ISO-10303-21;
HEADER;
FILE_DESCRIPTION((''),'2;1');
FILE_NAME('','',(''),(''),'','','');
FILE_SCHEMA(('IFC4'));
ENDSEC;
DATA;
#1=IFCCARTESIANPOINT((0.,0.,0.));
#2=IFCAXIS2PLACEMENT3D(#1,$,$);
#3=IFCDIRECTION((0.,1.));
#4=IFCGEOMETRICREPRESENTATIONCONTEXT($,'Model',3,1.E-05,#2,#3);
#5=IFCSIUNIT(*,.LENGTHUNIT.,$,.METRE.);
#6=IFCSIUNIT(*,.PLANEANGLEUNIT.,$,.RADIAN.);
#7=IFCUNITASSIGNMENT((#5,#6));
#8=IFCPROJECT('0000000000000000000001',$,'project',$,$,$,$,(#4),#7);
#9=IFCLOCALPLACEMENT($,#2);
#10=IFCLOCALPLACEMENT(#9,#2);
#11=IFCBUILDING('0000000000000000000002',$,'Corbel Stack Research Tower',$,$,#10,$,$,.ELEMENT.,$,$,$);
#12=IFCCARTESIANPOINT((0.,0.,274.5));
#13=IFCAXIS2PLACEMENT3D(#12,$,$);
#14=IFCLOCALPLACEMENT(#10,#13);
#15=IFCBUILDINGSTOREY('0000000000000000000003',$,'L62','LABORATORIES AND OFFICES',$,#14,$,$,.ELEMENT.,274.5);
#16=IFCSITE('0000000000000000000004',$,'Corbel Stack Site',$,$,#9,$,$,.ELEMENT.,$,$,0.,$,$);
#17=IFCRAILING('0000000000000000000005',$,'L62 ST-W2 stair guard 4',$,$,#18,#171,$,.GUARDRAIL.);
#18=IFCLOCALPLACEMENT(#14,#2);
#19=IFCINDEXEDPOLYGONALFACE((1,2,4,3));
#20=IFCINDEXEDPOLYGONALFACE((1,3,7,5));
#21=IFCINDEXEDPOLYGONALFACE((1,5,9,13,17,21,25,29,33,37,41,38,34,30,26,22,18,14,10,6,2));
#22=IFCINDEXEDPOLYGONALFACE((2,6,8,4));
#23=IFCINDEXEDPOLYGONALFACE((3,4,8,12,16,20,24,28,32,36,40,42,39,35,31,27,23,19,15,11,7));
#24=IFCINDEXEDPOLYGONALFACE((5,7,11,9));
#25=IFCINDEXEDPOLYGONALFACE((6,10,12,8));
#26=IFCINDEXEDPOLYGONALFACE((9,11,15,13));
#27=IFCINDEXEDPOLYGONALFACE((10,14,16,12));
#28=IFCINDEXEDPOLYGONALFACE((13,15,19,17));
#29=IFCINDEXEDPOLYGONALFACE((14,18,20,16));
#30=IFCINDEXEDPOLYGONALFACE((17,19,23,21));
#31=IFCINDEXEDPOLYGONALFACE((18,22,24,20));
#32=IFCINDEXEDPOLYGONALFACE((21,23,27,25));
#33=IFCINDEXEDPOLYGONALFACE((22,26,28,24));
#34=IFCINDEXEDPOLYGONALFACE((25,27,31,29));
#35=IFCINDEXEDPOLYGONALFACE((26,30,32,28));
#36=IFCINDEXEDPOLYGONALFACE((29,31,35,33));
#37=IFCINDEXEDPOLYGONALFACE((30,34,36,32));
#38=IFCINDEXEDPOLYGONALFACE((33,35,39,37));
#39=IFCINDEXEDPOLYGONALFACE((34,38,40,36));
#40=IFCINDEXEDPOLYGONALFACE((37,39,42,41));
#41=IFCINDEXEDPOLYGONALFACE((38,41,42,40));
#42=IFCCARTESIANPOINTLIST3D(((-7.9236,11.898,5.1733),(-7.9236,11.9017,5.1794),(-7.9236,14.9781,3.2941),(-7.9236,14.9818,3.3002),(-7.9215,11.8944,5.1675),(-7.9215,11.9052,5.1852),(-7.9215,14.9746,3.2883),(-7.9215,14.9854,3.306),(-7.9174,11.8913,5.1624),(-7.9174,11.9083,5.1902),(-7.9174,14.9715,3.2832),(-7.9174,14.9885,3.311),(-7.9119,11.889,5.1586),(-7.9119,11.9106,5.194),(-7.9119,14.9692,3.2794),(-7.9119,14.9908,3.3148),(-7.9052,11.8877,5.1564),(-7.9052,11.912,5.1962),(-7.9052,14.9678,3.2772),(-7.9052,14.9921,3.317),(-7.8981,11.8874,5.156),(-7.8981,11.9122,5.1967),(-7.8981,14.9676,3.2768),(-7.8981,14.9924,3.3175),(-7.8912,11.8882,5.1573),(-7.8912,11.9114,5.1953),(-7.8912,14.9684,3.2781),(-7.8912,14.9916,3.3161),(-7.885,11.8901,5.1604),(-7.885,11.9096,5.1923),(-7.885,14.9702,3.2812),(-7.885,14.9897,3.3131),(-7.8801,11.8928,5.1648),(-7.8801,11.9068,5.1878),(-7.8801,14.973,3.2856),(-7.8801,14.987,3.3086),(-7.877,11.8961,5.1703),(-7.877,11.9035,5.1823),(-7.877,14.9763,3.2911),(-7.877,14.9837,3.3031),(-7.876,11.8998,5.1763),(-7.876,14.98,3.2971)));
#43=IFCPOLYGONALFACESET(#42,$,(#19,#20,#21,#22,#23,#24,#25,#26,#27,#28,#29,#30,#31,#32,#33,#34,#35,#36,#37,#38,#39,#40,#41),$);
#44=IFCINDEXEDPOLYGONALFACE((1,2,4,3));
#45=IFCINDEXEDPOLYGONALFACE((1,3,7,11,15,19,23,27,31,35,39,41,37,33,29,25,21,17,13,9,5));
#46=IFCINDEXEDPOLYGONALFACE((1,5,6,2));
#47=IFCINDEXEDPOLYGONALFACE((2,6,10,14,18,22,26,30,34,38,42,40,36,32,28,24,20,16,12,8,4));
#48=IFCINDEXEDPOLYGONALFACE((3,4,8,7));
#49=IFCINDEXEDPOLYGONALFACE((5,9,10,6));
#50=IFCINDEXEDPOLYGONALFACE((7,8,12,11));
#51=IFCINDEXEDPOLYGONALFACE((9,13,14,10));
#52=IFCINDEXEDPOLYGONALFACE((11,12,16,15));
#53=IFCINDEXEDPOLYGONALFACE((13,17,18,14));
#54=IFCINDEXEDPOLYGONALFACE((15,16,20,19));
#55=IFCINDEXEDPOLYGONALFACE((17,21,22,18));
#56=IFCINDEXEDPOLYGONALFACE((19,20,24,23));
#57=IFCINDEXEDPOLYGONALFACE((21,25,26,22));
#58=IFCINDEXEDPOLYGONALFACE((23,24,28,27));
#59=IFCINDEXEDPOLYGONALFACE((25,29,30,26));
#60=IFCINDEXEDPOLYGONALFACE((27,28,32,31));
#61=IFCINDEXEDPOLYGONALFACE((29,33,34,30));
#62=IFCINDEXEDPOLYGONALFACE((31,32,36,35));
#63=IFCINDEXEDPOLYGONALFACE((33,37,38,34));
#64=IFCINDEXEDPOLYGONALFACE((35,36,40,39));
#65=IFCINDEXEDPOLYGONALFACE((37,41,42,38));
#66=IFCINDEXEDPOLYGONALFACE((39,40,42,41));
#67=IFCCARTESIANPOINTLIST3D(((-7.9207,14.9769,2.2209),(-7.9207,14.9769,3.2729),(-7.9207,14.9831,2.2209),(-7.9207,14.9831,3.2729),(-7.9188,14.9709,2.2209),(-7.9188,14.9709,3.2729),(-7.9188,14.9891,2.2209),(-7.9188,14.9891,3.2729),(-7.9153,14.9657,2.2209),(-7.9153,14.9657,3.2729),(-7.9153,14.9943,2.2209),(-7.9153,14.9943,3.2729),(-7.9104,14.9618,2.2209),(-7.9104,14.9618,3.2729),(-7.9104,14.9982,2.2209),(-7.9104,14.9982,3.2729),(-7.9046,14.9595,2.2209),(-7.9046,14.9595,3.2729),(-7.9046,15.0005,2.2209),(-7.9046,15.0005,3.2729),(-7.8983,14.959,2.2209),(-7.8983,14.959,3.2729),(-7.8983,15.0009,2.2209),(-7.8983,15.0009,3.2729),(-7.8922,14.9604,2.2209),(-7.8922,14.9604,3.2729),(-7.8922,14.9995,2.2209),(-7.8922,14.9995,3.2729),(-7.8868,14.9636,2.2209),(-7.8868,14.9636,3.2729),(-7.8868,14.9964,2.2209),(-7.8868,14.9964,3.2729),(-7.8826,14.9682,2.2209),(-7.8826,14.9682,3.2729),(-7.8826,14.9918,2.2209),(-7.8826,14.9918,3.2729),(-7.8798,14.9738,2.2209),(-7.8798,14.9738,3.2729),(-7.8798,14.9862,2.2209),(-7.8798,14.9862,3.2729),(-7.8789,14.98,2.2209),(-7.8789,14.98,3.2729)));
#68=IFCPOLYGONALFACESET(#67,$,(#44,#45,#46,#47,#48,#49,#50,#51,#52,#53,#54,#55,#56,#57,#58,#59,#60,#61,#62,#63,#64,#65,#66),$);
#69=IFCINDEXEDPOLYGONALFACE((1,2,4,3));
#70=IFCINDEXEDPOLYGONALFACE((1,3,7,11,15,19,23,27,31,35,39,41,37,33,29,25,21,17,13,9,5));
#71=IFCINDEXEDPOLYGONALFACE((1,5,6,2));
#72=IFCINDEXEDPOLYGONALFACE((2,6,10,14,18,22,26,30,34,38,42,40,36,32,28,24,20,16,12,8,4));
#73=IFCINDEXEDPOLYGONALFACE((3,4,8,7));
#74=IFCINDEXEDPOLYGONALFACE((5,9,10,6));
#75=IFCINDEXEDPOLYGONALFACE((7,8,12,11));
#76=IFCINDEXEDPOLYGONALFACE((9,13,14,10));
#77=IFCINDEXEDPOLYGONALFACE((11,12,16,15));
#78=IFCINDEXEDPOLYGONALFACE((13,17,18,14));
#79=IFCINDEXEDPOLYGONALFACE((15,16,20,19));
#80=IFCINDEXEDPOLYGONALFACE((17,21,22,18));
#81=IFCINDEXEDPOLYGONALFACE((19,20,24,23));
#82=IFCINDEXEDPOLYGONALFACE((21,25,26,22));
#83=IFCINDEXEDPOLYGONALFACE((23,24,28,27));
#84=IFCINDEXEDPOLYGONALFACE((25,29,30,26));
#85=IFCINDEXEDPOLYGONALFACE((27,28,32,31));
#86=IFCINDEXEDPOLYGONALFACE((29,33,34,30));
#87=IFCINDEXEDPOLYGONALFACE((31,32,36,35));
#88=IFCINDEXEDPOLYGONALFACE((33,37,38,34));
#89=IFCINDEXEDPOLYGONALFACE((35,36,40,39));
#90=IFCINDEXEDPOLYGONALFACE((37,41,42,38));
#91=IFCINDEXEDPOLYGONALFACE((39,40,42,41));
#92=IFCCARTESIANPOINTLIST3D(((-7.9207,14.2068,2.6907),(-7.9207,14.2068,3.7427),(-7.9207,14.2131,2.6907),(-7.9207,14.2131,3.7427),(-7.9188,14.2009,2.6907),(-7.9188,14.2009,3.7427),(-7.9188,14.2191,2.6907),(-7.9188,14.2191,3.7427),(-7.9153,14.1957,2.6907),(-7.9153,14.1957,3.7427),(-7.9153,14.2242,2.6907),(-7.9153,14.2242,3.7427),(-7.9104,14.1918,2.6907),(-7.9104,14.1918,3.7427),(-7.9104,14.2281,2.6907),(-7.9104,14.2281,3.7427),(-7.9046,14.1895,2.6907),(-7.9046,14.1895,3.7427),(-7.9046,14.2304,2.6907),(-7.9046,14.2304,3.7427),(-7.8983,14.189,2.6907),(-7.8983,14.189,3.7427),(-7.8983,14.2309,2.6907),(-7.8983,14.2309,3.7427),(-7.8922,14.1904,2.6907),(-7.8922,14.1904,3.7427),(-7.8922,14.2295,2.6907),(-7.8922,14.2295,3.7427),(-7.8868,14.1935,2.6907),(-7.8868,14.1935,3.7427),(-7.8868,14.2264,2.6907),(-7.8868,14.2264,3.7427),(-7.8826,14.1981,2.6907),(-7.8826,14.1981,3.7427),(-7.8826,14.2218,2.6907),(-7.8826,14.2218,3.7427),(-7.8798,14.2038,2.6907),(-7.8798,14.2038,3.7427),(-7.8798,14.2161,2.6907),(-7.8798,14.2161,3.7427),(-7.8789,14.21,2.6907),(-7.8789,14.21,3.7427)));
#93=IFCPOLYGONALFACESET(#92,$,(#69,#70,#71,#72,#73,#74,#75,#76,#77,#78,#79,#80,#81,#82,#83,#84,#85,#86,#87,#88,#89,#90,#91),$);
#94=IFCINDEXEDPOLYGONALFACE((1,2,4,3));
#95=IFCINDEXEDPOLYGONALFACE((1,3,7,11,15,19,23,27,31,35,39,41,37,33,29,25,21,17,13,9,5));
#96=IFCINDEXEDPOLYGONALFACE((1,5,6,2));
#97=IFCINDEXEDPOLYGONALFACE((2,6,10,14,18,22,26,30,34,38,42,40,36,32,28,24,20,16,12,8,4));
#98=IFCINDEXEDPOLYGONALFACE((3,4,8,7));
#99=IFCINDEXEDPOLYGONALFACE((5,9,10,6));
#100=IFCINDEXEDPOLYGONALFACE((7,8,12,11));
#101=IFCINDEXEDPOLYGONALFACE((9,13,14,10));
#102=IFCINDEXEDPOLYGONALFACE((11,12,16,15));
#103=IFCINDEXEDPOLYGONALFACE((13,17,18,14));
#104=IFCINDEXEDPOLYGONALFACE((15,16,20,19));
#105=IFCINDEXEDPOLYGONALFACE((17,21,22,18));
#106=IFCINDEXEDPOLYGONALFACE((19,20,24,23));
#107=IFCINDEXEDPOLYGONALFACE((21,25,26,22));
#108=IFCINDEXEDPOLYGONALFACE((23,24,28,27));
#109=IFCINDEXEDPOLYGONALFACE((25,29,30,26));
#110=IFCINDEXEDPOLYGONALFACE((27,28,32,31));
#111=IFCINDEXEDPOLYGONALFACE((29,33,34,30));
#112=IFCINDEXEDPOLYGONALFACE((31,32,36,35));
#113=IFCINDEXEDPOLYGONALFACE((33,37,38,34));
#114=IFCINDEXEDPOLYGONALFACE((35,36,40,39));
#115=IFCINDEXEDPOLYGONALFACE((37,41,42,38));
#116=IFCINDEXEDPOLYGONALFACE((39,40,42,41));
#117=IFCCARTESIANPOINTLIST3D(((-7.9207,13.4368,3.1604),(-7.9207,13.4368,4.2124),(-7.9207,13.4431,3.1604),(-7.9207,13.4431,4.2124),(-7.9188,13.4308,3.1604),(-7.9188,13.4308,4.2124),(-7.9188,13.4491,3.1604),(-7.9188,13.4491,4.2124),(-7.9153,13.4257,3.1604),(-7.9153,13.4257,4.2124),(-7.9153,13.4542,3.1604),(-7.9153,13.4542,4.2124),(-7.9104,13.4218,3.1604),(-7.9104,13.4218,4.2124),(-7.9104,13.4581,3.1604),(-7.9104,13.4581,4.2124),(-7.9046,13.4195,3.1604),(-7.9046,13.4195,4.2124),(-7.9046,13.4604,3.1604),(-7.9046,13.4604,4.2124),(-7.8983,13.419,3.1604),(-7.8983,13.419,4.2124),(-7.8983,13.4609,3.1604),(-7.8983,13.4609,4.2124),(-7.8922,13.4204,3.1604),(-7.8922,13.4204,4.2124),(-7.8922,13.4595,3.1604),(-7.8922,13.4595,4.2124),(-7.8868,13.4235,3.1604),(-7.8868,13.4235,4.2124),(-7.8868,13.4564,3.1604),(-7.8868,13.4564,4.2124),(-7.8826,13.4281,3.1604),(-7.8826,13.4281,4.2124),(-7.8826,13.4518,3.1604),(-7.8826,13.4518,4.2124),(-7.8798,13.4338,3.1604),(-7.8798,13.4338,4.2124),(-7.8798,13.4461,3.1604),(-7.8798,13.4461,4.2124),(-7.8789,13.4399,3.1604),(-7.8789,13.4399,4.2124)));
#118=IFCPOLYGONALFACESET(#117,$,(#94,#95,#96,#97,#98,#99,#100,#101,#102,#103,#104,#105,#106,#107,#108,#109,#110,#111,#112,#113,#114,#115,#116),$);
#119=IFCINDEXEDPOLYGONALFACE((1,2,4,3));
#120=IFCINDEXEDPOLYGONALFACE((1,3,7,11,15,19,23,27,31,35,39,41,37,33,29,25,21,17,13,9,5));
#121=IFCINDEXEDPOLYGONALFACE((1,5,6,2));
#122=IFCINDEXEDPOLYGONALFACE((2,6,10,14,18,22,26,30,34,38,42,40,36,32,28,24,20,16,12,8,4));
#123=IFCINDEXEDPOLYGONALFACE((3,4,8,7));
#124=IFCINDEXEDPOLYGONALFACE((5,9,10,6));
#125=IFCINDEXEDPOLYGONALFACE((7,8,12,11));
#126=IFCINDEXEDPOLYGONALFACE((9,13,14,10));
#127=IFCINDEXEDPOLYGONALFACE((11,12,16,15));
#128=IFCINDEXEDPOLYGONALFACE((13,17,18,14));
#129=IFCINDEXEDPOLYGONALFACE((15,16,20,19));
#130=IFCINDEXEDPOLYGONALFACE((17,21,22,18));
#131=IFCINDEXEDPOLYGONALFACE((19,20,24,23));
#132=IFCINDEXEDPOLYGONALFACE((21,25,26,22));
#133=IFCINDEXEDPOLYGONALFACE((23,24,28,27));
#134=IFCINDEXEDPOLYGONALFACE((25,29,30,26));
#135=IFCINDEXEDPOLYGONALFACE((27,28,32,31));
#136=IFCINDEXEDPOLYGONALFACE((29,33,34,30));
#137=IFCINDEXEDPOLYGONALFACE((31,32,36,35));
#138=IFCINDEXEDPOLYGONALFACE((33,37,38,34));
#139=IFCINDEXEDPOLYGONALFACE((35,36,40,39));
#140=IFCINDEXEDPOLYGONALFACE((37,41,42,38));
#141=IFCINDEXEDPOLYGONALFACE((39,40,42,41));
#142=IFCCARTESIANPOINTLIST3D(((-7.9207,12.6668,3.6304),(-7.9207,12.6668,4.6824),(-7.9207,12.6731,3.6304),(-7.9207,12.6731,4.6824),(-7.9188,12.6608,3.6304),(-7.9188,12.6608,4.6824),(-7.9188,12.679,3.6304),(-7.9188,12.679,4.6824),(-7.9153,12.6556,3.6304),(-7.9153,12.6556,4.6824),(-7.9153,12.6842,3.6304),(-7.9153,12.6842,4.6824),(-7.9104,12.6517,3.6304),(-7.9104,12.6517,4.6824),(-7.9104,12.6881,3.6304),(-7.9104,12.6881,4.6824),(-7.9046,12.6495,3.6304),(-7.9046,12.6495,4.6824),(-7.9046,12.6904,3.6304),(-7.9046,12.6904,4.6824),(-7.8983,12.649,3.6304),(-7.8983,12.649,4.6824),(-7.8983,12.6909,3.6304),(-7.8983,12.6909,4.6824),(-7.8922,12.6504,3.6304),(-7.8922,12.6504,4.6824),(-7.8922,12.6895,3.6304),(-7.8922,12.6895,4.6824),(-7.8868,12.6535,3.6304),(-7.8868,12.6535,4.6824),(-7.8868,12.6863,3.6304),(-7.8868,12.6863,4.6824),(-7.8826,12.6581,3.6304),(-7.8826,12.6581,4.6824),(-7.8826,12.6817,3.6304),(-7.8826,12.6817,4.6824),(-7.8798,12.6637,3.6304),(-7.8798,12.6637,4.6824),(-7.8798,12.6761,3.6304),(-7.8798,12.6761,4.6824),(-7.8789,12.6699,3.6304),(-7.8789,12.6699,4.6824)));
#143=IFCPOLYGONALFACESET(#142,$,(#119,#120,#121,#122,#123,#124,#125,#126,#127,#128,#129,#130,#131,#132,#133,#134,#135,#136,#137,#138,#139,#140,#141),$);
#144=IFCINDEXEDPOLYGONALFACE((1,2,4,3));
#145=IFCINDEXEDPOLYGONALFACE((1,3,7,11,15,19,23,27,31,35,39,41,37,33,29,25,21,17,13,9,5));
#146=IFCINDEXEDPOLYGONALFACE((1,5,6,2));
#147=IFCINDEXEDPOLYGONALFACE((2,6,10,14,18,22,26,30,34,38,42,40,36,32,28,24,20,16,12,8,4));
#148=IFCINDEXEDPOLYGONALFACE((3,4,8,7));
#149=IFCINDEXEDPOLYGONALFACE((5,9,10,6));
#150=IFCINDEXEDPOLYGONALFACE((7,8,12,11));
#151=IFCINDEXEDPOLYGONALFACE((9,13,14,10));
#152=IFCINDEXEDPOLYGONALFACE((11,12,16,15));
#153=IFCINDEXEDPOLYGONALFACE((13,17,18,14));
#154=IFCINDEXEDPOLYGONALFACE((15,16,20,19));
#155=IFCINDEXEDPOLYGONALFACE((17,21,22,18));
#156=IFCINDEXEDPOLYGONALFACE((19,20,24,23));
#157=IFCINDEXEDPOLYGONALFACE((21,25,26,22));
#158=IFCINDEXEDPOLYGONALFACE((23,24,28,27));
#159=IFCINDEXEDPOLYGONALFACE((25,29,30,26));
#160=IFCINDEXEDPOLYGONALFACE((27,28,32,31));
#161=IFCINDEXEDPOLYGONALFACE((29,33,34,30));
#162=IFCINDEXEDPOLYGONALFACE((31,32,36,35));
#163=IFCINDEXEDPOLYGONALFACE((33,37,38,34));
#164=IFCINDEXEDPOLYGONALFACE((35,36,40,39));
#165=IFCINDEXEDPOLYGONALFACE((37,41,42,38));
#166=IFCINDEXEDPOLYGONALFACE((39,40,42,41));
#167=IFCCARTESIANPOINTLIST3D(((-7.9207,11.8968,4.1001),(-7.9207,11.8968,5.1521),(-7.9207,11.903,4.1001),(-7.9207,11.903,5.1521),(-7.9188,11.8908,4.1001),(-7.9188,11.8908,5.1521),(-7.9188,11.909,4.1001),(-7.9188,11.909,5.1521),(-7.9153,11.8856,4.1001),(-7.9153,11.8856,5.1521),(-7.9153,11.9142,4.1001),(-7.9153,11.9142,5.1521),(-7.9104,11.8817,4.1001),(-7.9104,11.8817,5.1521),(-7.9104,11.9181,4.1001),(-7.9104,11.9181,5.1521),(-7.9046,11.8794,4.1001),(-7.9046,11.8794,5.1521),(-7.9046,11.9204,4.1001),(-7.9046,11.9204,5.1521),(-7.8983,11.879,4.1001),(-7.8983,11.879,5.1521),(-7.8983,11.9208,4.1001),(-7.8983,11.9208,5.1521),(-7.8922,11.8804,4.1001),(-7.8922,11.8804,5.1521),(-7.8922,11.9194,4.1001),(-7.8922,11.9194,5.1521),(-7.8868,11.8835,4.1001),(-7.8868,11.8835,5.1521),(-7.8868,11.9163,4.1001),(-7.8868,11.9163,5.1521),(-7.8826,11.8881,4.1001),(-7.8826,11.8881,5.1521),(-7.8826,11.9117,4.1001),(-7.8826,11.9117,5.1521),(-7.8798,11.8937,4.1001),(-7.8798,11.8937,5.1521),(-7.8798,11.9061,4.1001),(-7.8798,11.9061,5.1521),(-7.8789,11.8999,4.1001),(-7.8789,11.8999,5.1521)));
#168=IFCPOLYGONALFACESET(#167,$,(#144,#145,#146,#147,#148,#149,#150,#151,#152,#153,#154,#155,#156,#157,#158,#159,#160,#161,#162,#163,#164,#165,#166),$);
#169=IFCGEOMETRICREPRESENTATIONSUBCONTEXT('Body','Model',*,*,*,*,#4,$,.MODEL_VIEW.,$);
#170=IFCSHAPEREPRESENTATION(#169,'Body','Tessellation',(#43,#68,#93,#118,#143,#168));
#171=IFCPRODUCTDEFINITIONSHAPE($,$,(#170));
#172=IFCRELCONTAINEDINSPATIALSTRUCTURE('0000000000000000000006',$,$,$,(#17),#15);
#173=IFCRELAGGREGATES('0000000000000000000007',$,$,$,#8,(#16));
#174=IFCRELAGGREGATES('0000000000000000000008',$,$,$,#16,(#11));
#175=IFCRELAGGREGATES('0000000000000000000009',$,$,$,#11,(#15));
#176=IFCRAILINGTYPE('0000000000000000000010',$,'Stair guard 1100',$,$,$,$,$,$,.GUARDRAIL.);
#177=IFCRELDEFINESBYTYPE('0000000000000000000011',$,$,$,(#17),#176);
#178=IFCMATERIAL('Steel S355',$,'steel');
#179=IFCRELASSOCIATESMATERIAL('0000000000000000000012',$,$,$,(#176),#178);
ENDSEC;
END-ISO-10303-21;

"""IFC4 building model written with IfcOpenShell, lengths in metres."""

from ifc_helpers import new_model, si_unit, direction, frame, origin, origin_2d, place, context, subcontext, project, spatial, circle, extrude, material, type_object, element, save


model = new_model("IFC4")

# Units and contexts
model_context = context("Model", 3, precision=1e-05, world=origin(), true_north=direction((0.0, 1.0)))
body_context = subcontext(model_context, "Body", "Model", "MODEL_VIEW")
ifc_project = project(units=[si_unit("LENGTHUNIT", "METRE"), si_unit("PLANEANGLEUNIT", "RADIAN")], contexts=[model_context])

# Site, building, storey
site_placement = place(None, origin())
site = spatial("IfcSite", under=ifc_project, at=site_placement, Name="Corbel Stack Site", CompositionType="ELEMENT", RefElevation=0.0)
building_placement = place(site_placement, origin())
building = spatial("IfcBuilding", under=site, at=building_placement, Name="Corbel Stack Research Tower", CompositionType="ELEMENT")
storey_placement = place(building_placement, frame((0.0, 0.0, 274.5)))
storey = spatial("IfcBuildingStorey", under=building, at=storey_placement, Name="L62", Description="LABORATORIES AND OFFICES", CompositionType="ELEMENT", Elevation=274.5)

# Railing
ifc_material_1 = material(Name="Steel S355", Category="steel")
railing_type_1 = type_object("IfcRailingType", Name="Stair guard 1100", PredefinedType="GUARDRAIL", material=ifc_material_1)
railing_1_placement = place(storey_placement, frame((-7.8999, 14.98, 2.2209)))
element("IfcRailing", 1, at=railing_1_placement, inside=storey, type_object=railing_type_1, Name="L62 ST-W2 stair guard 4", PredefinedType="GUARDRAIL", context=body_context, shape_type="SweptSolid", body=[
    extrude(circle(Radius=0.0239, at=origin_2d()), frame((0.0, 0.0, 1.0762), z_axis=(0.0, -0.853666, 0.52082), x_axis=(1.0, 0.0, 0.0)), (0.0, 0.0, 1.0), 3.6082),
    extrude(circle(Radius=0.021, at=origin_2d()), origin(), (0.0, 0.0, 1.0), 1.052),
    extrude(circle(Radius=0.021, at=origin_2d()), frame((0.0, -0.77, 0.4697)), (0.0, 0.0, 1.0), 1.052),
    extrude(circle(Radius=0.021, at=origin_2d()), frame((0.0, -1.54, 0.9395)), (0.0, 0.0, 1.0), 1.052),
    extrude(circle(Radius=0.021, at=origin_2d()), frame((0.0, -2.3101, 1.4094)), (0.0, 0.0, 1.0), 1.052),
    extrude(circle(Radius=0.021, at=origin_2d()), frame((0.0, -3.0801, 1.8792)), (0.0, 0.0, 1.0), 1.052),
])

save(model, "model.ifc")
